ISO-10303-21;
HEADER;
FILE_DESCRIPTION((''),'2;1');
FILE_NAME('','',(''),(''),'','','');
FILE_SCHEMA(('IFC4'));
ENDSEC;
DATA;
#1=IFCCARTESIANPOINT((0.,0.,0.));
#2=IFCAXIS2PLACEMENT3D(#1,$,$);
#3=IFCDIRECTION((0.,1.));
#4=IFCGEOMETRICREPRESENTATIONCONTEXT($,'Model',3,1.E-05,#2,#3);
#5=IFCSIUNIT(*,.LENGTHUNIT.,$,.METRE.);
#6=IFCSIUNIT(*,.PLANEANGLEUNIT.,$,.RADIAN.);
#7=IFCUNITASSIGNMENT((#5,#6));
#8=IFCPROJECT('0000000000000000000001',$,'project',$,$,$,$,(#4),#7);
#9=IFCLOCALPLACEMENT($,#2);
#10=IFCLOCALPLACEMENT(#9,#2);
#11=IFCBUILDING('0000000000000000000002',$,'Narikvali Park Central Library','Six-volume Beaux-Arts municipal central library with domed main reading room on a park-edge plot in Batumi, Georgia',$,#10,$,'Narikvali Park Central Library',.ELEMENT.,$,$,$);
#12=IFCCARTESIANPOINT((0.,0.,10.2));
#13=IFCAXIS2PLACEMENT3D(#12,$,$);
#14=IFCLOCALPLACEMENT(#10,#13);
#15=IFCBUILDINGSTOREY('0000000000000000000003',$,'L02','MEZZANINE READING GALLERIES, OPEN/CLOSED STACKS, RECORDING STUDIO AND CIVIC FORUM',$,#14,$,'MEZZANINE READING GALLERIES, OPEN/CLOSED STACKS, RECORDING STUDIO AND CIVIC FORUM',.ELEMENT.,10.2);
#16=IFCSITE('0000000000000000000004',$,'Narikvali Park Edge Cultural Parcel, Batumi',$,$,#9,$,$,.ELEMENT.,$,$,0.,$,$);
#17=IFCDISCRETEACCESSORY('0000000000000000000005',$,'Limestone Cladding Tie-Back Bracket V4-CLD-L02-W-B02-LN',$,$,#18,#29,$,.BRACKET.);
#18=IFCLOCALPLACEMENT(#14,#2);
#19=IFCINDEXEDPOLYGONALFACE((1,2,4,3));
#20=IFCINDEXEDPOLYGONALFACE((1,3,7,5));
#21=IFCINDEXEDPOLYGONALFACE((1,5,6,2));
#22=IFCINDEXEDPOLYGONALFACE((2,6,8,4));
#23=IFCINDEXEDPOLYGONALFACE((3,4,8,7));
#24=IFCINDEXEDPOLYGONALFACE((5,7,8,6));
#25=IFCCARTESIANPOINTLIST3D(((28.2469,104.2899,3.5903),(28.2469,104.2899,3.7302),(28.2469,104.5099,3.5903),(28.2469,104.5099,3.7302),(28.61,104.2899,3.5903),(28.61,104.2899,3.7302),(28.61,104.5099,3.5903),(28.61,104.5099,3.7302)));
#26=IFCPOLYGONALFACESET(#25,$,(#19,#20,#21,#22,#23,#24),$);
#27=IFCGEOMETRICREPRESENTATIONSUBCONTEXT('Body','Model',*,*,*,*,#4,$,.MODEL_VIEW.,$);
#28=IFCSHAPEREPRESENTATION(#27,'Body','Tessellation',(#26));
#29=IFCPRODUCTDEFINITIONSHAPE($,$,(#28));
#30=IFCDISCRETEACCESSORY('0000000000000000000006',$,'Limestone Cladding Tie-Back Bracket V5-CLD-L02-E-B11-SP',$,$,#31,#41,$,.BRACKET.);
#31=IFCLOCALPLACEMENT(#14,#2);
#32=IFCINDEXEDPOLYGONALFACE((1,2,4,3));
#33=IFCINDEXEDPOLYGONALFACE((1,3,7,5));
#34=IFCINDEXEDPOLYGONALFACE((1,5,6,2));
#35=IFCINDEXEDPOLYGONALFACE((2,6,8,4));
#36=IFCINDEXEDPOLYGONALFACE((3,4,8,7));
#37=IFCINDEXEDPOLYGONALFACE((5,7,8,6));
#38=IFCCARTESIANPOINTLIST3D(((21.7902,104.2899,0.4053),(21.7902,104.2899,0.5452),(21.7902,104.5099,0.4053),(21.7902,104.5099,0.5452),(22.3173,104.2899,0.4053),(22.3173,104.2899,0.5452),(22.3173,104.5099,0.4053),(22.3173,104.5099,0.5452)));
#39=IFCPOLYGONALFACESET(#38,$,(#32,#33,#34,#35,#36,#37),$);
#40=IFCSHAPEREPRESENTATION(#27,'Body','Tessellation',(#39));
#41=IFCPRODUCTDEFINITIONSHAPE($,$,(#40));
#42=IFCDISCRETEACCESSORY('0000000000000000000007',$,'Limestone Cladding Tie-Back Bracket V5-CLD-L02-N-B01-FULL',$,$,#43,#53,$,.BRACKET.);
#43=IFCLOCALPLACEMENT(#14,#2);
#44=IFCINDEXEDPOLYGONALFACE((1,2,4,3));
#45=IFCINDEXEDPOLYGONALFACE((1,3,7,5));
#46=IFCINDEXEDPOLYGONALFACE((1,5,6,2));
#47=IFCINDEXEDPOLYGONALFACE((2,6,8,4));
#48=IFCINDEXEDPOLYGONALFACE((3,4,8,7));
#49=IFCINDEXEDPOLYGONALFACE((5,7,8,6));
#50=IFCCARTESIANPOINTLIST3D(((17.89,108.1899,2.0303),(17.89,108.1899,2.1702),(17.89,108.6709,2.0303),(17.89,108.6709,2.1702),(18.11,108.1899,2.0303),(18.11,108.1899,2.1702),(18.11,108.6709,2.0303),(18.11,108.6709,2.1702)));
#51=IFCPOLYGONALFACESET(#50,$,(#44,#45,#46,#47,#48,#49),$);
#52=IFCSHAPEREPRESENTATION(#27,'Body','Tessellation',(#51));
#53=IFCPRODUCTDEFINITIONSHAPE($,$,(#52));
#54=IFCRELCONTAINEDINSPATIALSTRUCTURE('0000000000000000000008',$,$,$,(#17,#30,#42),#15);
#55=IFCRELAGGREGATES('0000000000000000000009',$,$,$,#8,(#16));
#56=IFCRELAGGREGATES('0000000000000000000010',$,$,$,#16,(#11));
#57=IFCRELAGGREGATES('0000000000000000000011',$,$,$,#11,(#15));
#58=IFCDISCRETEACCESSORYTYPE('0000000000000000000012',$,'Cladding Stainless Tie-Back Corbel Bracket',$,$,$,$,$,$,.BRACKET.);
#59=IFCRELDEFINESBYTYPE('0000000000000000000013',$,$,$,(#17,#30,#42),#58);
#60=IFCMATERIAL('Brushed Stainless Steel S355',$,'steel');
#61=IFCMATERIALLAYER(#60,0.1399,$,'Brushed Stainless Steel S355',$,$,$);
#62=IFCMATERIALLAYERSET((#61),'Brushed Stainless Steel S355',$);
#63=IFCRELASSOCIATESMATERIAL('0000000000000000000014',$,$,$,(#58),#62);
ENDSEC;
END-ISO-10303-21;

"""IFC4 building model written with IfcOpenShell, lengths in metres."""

from ifc_helpers import new_model, si_unit, direction, frame, origin, origin_2d, place, context, subcontext, project, spatial, rectangle, extrude, material, layer, layer_set, type_object, element, save


model = new_model("IFC4")

# Units and contexts
model_context = context("Model", 3, precision=1e-05, world=origin(), true_north=direction((0.0, 1.0)))
body_context = subcontext(model_context, "Body", "Model", "MODEL_VIEW")
ifc_project = project(units=[si_unit("LENGTHUNIT", "METRE"), si_unit("PLANEANGLEUNIT", "RADIAN")], contexts=[model_context])

# Site, building, storey
site_placement = place(None, origin())
site = spatial("IfcSite", under=ifc_project, at=site_placement, Name="Narikvali Park Edge Cultural Parcel, Batumi", CompositionType="ELEMENT", RefElevation=0.0)
building_placement = place(site_placement, origin())
building = spatial("IfcBuilding", under=site, at=building_placement, Name="Narikvali Park Central Library", Description="Six-volume Beaux-Arts municipal central library with domed main reading room on a park-edge plot in Batumi, Georgia", LongName="Narikvali Park Central Library", CompositionType="ELEMENT")
storey_placement = place(building_placement, frame((0.0, 0.0, 10.2)))
storey = spatial("IfcBuildingStorey", under=building, at=storey_placement, Name="L02", Description="MEZZANINE READING GALLERIES, OPEN/CLOSED STACKS, RECORDING STUDIO AND CIVIC FORUM", LongName="MEZZANINE READING GALLERIES, OPEN/CLOSED STACKS, RECORDING STUDIO AND CIVIC FORUM", CompositionType="ELEMENT", Elevation=10.2)

# Shared definitions
ifc_material_1 = material(Name="Brushed Stainless Steel S355", Category="steel")

# Discrete accessories
ifc_layer_1 = layer(ifc_material_1, 0.1399, Name="Brushed Stainless Steel S355")
ifc_layer_set_1 = layer_set([ifc_layer_1], Name="Brushed Stainless Steel S355")
discrete_accessory_type = type_object("IfcDiscreteAccessoryType", Name="Cladding Stainless Tie-Back Corbel Bracket", PredefinedType="BRACKET", material=ifc_layer_set_1)
discrete_accessory_1_placement = place(storey_placement, frame((28.4285, 104.3999, 3.5903), z_axis=(0.0, 0.0, 1.0), x_axis=(1.0, 0.0, 0.0)))
element("IfcDiscreteAccessory", 1, at=discrete_accessory_1_placement, inside=storey, type_object=discrete_accessory_type, Name="Limestone Cladding Tie-Back Bracket V4-CLD-L02-W-B02-LN", PredefinedType="BRACKET", context=body_context, shape_type="SweptSolid", body=[
    extrude(rectangle(XDim=0.363, YDim=0.22, at=origin_2d()), origin(), (0.0, 0.0, 1.0), 0.1399),
])
discrete_accessory_2_placement = place(storey_placement, frame((22.0537, 104.3999, 0.4053), z_axis=(0.0, 0.0, 1.0), x_axis=(1.0, 0.0, 0.0)))
element("IfcDiscreteAccessory", 2, at=discrete_accessory_2_placement, inside=storey, type_object=discrete_accessory_type, Name="Limestone Cladding Tie-Back Bracket V5-CLD-L02-E-B11-SP", PredefinedType="BRACKET", context=body_context, shape_type="SweptSolid", body=[
    extrude(rectangle(XDim=0.5271, YDim=0.22, at=origin_2d()), origin(), (0.0, 0.0, 1.0), 0.1399),
])
discrete_accessory_3_placement = place(storey_placement, frame((18.0, 108.4304, 2.0303), z_axis=(0.0, 0.0, 1.0), x_axis=(1.0, 0.0, 0.0)))
element("IfcDiscreteAccessory", 3, at=discrete_accessory_3_placement, inside=storey, type_object=discrete_accessory_type, Name="Limestone Cladding Tie-Back Bracket V5-CLD-L02-N-B01-FULL", PredefinedType="BRACKET", context=body_context, shape_type="SweptSolid", body=[
    extrude(rectangle(XDim=0.22, YDim=0.481, at=origin_2d()), origin(), (0.0, 0.0, 1.0), 0.1399),
])

save(model, "model.ifc")
